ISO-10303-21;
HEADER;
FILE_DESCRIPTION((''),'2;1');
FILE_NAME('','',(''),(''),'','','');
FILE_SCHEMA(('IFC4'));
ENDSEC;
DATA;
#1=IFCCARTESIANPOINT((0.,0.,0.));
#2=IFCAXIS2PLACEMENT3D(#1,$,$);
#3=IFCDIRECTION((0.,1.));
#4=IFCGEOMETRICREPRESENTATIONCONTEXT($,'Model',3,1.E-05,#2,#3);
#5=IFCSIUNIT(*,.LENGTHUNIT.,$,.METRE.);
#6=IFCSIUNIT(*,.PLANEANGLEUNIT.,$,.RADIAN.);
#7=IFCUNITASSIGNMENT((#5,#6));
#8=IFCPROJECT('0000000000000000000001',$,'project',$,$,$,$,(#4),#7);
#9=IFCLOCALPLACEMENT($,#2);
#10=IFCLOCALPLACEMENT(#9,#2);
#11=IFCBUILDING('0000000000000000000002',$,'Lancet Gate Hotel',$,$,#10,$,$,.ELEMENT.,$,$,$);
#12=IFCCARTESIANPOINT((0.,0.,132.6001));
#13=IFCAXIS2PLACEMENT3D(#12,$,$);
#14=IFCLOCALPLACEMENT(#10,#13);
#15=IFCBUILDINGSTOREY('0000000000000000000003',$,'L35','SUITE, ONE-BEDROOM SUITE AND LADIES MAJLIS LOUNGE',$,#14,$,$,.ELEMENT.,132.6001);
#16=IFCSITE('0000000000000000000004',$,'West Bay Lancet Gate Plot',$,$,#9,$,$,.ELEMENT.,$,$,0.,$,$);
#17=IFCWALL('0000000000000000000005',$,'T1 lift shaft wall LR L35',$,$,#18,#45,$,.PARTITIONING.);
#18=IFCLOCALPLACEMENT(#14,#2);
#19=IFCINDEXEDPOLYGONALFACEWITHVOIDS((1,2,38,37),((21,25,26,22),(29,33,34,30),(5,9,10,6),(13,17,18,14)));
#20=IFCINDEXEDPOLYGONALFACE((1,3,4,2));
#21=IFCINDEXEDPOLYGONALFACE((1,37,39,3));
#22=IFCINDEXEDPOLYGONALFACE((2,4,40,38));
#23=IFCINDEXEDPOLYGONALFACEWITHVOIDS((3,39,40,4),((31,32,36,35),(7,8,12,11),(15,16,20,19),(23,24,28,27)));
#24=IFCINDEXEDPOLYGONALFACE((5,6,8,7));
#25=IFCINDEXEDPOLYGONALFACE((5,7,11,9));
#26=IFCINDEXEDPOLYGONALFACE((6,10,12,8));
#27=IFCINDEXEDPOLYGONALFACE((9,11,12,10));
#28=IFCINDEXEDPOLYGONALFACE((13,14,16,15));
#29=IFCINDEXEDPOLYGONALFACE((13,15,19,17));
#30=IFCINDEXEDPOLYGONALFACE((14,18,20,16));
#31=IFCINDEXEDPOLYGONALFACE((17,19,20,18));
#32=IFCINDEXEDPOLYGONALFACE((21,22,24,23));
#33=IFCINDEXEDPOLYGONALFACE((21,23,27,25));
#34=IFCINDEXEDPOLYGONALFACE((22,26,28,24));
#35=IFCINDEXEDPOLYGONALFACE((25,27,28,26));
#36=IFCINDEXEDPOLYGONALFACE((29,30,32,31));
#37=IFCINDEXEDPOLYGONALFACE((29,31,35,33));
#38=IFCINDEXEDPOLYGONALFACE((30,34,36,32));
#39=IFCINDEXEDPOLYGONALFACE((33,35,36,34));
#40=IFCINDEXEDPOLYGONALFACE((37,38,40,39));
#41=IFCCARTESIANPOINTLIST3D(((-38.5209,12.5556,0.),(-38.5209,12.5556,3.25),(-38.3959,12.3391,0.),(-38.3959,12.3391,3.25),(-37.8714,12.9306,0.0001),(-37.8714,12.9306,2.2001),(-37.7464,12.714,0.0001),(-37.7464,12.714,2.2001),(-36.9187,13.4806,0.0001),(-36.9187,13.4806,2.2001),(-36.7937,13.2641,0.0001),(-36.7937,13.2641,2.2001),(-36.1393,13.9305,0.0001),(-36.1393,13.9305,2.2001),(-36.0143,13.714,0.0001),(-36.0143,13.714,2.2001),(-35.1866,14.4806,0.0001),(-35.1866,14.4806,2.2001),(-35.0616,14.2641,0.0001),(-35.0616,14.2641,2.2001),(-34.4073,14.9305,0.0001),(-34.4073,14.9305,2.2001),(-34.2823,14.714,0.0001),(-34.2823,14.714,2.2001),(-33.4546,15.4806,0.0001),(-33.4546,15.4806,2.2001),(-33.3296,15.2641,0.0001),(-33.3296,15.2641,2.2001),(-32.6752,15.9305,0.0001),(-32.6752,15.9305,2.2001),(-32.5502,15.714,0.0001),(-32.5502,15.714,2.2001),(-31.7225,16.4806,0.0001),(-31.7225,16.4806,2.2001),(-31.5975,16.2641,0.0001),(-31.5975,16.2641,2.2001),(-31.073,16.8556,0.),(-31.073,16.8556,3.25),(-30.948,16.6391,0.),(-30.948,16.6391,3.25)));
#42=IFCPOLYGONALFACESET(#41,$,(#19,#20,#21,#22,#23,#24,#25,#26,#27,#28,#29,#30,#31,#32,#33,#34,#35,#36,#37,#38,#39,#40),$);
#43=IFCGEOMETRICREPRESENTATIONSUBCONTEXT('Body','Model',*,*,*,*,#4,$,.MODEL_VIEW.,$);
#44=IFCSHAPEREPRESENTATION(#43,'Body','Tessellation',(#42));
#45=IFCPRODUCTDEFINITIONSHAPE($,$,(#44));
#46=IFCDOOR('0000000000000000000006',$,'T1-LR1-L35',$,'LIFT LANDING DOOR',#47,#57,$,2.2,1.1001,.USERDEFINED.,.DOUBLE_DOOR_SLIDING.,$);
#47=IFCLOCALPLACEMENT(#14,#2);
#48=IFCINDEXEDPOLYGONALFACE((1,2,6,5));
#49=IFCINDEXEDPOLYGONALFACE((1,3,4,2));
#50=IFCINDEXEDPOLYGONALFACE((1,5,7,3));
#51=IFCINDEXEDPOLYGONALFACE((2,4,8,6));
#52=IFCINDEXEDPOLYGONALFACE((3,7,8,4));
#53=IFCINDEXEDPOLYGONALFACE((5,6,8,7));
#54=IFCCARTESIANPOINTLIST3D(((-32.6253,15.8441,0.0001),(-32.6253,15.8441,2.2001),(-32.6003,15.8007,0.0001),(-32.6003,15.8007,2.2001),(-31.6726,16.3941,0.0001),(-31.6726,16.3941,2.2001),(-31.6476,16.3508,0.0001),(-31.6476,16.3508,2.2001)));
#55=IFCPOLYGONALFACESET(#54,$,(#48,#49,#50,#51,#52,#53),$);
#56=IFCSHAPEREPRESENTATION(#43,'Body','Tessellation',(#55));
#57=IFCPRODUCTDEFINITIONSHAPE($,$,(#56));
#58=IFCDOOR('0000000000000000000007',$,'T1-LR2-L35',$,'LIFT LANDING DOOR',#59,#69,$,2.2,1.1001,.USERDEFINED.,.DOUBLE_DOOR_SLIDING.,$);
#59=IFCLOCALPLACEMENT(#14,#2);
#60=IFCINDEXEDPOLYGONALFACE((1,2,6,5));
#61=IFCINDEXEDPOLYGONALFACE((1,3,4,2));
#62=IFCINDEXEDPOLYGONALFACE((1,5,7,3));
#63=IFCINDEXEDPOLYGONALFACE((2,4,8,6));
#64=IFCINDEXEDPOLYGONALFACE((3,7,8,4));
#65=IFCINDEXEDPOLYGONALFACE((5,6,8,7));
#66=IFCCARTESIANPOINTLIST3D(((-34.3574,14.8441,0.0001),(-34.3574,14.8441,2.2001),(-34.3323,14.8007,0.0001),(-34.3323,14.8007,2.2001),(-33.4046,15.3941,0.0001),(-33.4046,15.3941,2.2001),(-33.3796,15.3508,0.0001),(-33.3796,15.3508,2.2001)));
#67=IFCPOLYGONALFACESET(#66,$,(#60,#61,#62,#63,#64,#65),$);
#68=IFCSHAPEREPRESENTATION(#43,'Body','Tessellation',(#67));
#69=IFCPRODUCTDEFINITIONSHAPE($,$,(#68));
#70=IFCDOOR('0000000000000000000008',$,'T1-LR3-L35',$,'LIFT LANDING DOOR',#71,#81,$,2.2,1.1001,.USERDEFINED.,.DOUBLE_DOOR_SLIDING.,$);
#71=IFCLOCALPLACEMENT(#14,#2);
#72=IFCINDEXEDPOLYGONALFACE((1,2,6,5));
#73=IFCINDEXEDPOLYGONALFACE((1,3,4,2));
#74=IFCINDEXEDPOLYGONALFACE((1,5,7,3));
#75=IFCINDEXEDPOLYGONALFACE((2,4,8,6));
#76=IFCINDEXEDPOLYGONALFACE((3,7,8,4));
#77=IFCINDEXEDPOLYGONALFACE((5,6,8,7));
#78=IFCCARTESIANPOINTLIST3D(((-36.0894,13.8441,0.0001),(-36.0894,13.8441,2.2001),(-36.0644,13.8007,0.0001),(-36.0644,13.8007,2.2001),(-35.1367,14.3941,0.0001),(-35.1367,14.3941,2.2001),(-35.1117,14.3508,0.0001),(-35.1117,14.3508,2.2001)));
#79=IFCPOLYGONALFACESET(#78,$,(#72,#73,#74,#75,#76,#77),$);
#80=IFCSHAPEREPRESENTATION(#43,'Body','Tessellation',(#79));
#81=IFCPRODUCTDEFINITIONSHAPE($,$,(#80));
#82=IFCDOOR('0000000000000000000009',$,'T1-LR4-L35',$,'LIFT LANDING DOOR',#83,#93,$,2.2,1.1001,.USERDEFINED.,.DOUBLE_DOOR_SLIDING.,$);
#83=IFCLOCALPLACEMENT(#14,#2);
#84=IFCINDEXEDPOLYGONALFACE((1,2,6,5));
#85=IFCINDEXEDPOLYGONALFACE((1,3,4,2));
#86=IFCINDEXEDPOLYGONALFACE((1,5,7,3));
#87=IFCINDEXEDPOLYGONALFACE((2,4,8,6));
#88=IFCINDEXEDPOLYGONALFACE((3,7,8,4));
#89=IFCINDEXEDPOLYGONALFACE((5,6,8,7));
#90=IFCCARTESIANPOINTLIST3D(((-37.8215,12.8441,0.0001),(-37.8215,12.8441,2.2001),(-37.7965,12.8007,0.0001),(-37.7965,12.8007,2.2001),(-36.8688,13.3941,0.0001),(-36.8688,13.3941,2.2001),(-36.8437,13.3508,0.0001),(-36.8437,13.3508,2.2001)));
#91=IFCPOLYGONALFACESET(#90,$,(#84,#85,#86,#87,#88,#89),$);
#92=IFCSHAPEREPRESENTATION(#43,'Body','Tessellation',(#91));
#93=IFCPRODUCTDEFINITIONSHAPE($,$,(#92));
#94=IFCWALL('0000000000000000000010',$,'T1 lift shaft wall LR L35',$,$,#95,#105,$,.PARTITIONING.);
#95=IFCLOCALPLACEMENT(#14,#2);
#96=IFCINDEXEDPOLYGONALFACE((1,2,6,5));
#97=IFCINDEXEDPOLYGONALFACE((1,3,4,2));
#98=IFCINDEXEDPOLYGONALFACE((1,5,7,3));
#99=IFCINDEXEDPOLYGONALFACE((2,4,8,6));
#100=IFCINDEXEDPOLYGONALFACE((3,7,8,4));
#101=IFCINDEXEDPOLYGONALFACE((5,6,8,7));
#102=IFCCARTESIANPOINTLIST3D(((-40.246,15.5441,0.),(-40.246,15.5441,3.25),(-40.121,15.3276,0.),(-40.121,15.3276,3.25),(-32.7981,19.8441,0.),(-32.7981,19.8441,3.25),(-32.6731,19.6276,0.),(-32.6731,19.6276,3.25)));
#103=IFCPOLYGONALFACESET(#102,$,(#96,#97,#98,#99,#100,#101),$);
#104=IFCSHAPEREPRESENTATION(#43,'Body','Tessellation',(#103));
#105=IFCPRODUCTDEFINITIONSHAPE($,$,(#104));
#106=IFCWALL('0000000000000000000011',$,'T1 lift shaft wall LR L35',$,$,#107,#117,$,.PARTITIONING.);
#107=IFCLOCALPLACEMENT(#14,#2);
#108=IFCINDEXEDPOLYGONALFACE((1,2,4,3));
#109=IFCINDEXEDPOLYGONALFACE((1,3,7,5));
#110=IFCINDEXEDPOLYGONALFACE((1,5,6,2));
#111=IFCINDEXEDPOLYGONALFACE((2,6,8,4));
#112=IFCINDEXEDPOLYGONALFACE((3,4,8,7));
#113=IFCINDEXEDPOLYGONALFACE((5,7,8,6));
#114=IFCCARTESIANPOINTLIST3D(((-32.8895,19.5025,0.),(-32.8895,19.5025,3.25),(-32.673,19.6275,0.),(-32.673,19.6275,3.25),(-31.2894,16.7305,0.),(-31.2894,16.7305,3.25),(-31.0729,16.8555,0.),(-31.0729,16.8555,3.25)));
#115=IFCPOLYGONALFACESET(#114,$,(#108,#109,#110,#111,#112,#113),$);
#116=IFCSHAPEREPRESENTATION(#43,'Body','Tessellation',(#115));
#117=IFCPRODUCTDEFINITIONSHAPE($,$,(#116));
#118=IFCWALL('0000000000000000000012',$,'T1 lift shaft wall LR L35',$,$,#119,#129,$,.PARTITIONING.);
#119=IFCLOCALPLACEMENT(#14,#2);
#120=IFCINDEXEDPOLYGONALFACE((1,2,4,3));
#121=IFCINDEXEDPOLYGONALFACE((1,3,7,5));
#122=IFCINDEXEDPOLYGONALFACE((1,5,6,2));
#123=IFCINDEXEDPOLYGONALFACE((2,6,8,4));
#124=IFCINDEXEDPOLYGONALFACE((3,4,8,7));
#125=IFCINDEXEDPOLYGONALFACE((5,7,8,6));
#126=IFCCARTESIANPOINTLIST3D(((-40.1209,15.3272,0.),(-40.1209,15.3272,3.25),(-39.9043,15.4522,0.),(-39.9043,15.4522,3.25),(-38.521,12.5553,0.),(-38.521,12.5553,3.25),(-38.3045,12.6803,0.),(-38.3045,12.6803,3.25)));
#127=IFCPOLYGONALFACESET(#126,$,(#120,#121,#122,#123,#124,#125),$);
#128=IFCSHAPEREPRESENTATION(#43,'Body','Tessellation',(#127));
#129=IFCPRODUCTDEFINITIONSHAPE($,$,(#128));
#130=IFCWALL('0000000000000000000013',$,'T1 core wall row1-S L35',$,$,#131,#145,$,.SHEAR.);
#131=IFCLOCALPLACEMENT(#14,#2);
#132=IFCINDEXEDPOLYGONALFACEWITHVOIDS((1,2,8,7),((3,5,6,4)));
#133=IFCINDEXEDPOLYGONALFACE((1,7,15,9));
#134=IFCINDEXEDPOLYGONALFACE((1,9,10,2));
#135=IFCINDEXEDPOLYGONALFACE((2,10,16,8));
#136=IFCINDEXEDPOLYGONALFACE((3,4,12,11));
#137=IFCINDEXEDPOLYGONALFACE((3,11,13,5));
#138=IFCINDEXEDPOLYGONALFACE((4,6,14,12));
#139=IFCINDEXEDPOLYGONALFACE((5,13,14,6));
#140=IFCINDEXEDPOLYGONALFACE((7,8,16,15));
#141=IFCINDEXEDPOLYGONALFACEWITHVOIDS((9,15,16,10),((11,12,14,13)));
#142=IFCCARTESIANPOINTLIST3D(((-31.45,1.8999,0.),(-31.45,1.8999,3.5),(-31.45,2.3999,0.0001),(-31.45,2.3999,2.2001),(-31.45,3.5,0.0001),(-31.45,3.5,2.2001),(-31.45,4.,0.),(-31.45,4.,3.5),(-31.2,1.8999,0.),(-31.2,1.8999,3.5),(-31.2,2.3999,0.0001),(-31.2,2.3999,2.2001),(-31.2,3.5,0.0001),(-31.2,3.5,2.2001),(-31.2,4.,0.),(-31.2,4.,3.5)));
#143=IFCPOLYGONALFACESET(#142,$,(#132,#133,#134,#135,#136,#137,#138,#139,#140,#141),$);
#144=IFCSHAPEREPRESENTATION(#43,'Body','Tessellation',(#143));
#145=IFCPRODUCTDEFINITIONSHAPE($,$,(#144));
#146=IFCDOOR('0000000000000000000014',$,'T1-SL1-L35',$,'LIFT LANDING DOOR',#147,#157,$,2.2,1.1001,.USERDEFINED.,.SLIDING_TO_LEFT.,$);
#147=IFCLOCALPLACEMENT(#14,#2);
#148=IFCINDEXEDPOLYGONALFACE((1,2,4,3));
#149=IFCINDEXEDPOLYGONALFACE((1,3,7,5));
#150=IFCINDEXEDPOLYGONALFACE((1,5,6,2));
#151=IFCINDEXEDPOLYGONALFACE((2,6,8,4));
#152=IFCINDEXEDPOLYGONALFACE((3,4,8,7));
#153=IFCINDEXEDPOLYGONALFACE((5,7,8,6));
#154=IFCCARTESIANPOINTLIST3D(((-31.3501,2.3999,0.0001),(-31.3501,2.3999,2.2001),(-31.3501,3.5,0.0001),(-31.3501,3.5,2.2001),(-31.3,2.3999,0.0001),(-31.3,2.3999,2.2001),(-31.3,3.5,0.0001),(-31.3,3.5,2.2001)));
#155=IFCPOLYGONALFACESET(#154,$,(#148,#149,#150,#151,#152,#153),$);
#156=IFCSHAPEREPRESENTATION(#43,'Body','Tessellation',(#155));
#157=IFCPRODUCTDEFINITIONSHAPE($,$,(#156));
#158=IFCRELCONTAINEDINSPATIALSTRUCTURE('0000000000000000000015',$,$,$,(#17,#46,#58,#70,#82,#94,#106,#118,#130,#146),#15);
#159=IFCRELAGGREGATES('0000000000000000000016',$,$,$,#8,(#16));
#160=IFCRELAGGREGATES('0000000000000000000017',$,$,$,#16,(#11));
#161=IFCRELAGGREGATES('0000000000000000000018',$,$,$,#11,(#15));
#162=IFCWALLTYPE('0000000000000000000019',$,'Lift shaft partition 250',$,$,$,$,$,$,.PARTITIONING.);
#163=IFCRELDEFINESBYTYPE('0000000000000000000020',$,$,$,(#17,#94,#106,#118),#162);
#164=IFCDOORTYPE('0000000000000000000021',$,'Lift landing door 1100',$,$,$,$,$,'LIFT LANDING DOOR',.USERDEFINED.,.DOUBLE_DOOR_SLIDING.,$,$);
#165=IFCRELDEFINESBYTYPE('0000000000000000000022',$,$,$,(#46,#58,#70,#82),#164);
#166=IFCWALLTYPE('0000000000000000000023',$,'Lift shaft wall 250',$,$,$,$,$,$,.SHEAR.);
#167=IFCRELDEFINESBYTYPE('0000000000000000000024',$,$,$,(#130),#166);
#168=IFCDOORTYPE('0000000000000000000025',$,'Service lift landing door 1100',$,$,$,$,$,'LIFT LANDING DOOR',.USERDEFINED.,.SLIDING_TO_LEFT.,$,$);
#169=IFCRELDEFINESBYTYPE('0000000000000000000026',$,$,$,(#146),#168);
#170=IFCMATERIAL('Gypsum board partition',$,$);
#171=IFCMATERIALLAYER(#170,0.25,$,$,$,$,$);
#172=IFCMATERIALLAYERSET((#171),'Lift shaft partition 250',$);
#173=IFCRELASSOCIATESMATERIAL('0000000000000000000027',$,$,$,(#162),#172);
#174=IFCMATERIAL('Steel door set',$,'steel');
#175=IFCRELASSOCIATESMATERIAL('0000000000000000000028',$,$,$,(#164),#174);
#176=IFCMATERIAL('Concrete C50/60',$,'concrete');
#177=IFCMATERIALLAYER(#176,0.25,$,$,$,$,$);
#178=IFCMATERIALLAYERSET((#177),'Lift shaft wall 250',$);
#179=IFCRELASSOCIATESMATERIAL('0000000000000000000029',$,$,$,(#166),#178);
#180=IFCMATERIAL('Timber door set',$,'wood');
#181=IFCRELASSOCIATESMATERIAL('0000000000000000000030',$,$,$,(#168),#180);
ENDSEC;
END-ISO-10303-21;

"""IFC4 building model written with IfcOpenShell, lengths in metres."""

from ifc_helpers import new_model, si_unit, direction, frame, frame_2d, origin, place, context, subcontext, project, spatial, rectangle, extrude, material, layer, layer_set, type_object, element, fill, save


model = new_model("IFC4")

# Units and contexts
model_context = context("Model", 3, precision=1e-05, world=origin(), true_north=direction((0.0, 1.0)))
body_context = subcontext(model_context, "Body", "Model", "MODEL_VIEW")
ifc_project = project(units=[si_unit("LENGTHUNIT", "METRE"), si_unit("PLANEANGLEUNIT", "RADIAN")], contexts=[model_context])

# Site, building, storey
site_placement = place(None, origin())
site = spatial("IfcSite", under=ifc_project, at=site_placement, Name="West Bay Lancet Gate Plot", CompositionType="ELEMENT", RefElevation=0.0)
building_placement = place(site_placement, origin())
building = spatial("IfcBuilding", under=site, at=building_placement, Name="Lancet Gate Hotel", CompositionType="ELEMENT")
storey_placement = place(building_placement, frame((0.0, 0.0, 132.6001)))
storey = spatial("IfcBuildingStorey", under=building, at=storey_placement, Name="L35", Description="SUITE, ONE-BEDROOM SUITE AND LADIES MAJLIS LOUNGE", CompositionType="ELEMENT", Elevation=132.6001)

# Wall, openings, doors
ifc_material_1 = material(Name="Gypsum board partition")
ifc_layer_1 = layer(ifc_material_1, 0.25)
ifc_layer_set_1 = layer_set([ifc_layer_1], Name="Lift shaft partition 250")
wall_type_1 = type_object("IfcWallType", Name="Lift shaft partition 250", PredefinedType="PARTITIONING", material=ifc_layer_set_1)
wall_1_placement = place(storey_placement, frame((-31.0105, 16.7473, 0.0), z_axis=(0.0, 0.0, 1.0), x_axis=(-0.866028, -0.499995, 0.0)))
wall_1 = element("IfcWall", 1, at=wall_1_placement, inside=storey, type_object=wall_type_1, Name="T1 lift shaft wall LR L35", PredefinedType="PARTITIONING", context=body_context, shape_type="SweptSolid", body=[
    extrude(rectangle(XDim=8.6001, YDim=0.25, at=frame_2d((4.3, 0.0))), origin(), (0.0, 0.0, 1.0), 3.25),
])
opening_1_placement = place(wall_1_placement, frame((0.75, 0.0, 0.0)))
opening_1 = element("IfcOpeningElement", 2, at=opening_1_placement, cuts=wall_1, PredefinedType="OPENING", context=body_context, shape_type="SweptSolid", body=[
    extrude(rectangle(XDim=1.1001, YDim=2.2, at=frame_2d((0.55, 1.1001))), frame((0.0, 0.135, 0.0), z_axis=(0.0, -1.0, 0.0), x_axis=(1.0, 0.0, 0.0)), (0.0, 0.0, 1.0), 0.27),
])
opening_2_placement = place(wall_1_placement, frame((2.75, 0.0, 0.0)))
opening_2 = element("IfcOpeningElement", 3, at=opening_2_placement, cuts=wall_1, PredefinedType="OPENING", context=body_context, shape_type="SweptSolid", body=[
    extrude(rectangle(XDim=1.1001, YDim=2.2, at=frame_2d((0.55, 1.1001))), frame((0.0, 0.135, 0.0), z_axis=(0.0, -1.0, 0.0), x_axis=(1.0, 0.0, 0.0)), (0.0, 0.0, 1.0), 0.27),
])
opening_3_placement = place(wall_1_placement, frame((4.75, 0.0, 0.0)))
opening_3 = element("IfcOpeningElement", 4, at=opening_3_placement, cuts=wall_1, PredefinedType="OPENING", context=body_context, shape_type="SweptSolid", body=[
    extrude(rectangle(XDim=1.1001, YDim=2.2, at=frame_2d((0.55, 1.1001))), frame((0.0, 0.135, 0.0), z_axis=(0.0, -1.0, 0.0), x_axis=(1.0, 0.0, 0.0)), (0.0, 0.0, 1.0), 0.27),
])
opening_4_placement = place(wall_1_placement, frame((6.75, 0.0, 0.0)))
opening_4 = element("IfcOpeningElement", 5, at=opening_4_placement, cuts=wall_1, PredefinedType="OPENING", context=body_context, shape_type="SweptSolid", body=[
    extrude(rectangle(XDim=1.1001, YDim=2.2, at=frame_2d((0.55, 1.1001))), frame((0.0, 0.135, 0.0), z_axis=(0.0, -1.0, 0.0), x_axis=(1.0, 0.0, 0.0)), (0.0, 0.0, 1.0), 0.27),
])
ifc_material_2 = material(Name="Steel door set", Category="steel")
door_type_1 = type_object("IfcDoorType", Name="Lift landing door 1100", ElementType="LIFT LANDING DOOR", OperationType="DOUBLE_DOOR_SLIDING", PredefinedType="USERDEFINED", material=ifc_material_2)
door_1_placement = place(opening_1_placement, origin())
door_1 = element("IfcDoor", 6, at=door_1_placement, inside=storey, type_object=door_type_1, Name="T1-LR1-L35", ObjectType="LIFT LANDING DOOR", OperationType="DOUBLE_DOOR_SLIDING", OverallHeight=2.2, OverallWidth=1.1001, PredefinedType="USERDEFINED", context=body_context, shape_type="SweptSolid", body=[
    extrude(rectangle(XDim=1.1001, YDim=2.2, at=frame_2d((0.55, 1.1001))), frame((0.0, 0.0249, 0.0), z_axis=(0.0, -1.0, 0.0), x_axis=(1.0, 0.0, 0.0)), (0.0, 0.0, 1.0), 0.05),
])
fill(opening_1, door_1)
door_2_placement = place(opening_2_placement, origin())
door_2 = element("IfcDoor", 7, at=door_2_placement, inside=storey, type_object=door_type_1, Name="T1-LR2-L35", ObjectType="LIFT LANDING DOOR", OperationType="DOUBLE_DOOR_SLIDING", OverallHeight=2.2, OverallWidth=1.1001, PredefinedType="USERDEFINED", context=body_context, shape_type="SweptSolid", body=[
    extrude(rectangle(XDim=1.1001, YDim=2.2, at=frame_2d((0.55, 1.1001))), frame((0.0, 0.0249, 0.0), z_axis=(0.0, -1.0, 0.0), x_axis=(1.0, 0.0, 0.0)), (0.0, 0.0, 1.0), 0.05),
])
fill(opening_2, door_2)
door_3_placement = place(opening_3_placement, origin())
door_3 = element("IfcDoor", 8, at=door_3_placement, inside=storey, type_object=door_type_1, Name="T1-LR3-L35", ObjectType="LIFT LANDING DOOR", OperationType="DOUBLE_DOOR_SLIDING", OverallHeight=2.2, OverallWidth=1.1001, PredefinedType="USERDEFINED", context=body_context, shape_type="SweptSolid", body=[
    extrude(rectangle(XDim=1.1001, YDim=2.2, at=frame_2d((0.55, 1.1001))), frame((0.0, 0.0249, 0.0), z_axis=(0.0, -1.0, 0.0), x_axis=(1.0, 0.0, 0.0)), (0.0, 0.0, 1.0), 0.05),
])
fill(opening_3, door_3)
door_4_placement = place(opening_4_placement, origin())
door_4 = element("IfcDoor", 9, at=door_4_placement, inside=storey, type_object=door_type_1, Name="T1-LR4-L35", ObjectType="LIFT LANDING DOOR", OperationType="DOUBLE_DOOR_SLIDING", OverallHeight=2.2, OverallWidth=1.1001, PredefinedType="USERDEFINED", context=body_context, shape_type="SweptSolid", body=[
    extrude(rectangle(XDim=1.1001, YDim=2.2, at=frame_2d((0.55, 1.1001))), frame((0.0, 0.0249, 0.0), z_axis=(0.0, -1.0, 0.0), x_axis=(1.0, 0.0, 0.0)), (0.0, 0.0, 1.0), 0.05),
])
fill(opening_4, door_4)

# Walls
wall_2_placement = place(storey_placement, frame((-32.7356, 19.7358, 0.0), z_axis=(0.0, 0.0, 1.0), x_axis=(-0.866028, -0.499995, 0.0)))
element("IfcWall", 10, at=wall_2_placement, inside=storey, type_object=wall_type_1, Name="T1 lift shaft wall LR L35", PredefinedType="PARTITIONING", context=body_context, shape_type="SweptSolid", body=[
    extrude(rectangle(XDim=8.6001, YDim=0.25, at=frame_2d((4.3, 0.0))), origin(), (0.0, 0.0, 1.0), 3.25),
])
wall_3_placement = place(storey_placement, frame((-31.1812, 16.793, 0.0), z_axis=(0.0, 0.0, 1.0), x_axis=(-0.499929, 0.866066, 0.0)))
element("IfcWall", 11, at=wall_3_placement, inside=storey, type_object=wall_type_1, Name="T1 lift shaft wall LR L35", PredefinedType="PARTITIONING", context=body_context, shape_type="SweptSolid", body=[
    extrude(rectangle(XDim=3.2007, YDim=0.25, at=frame_2d((1.6003, 0.0))), origin(), (0.0, 0.0, 1.0), 3.25),
])
wall_4_placement = place(storey_placement, frame((-38.4128, 12.6179, 0.0), z_axis=(0.0, 0.0, 1.0), x_axis=(-0.499872, 0.866099, 0.0)))
element("IfcWall", 12, at=wall_4_placement, inside=storey, type_object=wall_type_1, Name="T1 lift shaft wall LR L35", PredefinedType="PARTITIONING", context=body_context, shape_type="SweptSolid", body=[
    extrude(rectangle(XDim=3.2004, YDim=0.25, at=frame_2d((1.6001, 0.0))), origin(), (0.0, 0.0, 1.0), 3.25),
])

# Wall, opening, door
ifc_material_3 = material(Name="Concrete C50/60", Category="concrete")
ifc_layer_2 = layer(ifc_material_3, 0.25)
ifc_layer_set_2 = layer_set([ifc_layer_2], Name="Lift shaft wall 250")
wall_type_2 = type_object("IfcWallType", Name="Lift shaft wall 250", PredefinedType="SHEAR", material=ifc_layer_set_2)
wall_5_placement = place(storey_placement, frame((-31.325, 4.0, 0.0), z_axis=(0.0, 0.0, 1.0), x_axis=(0.0, -1.0, 0.0)))
wall_5 = element("IfcWall", 13, at=wall_5_placement, inside=storey, type_object=wall_type_2, Name="T1 core wall row1-S L35", PredefinedType="SHEAR", context=body_context, shape_type="SweptSolid", body=[
    extrude(rectangle(XDim=2.1001, YDim=0.25, at=frame_2d((1.05, 0.0))), origin(), (0.0, 0.0, 1.0), 3.5),
])
opening_5_placement = place(wall_5_placement, frame((0.5, 0.0, 0.0)))
opening_5 = element("IfcOpeningElement", 14, at=opening_5_placement, cuts=wall_5, PredefinedType="OPENING", context=body_context, shape_type="SweptSolid", body=[
    extrude(rectangle(XDim=1.1001, YDim=2.2, at=frame_2d((0.55, 1.1001))), frame((0.0, 0.135, 0.0), z_axis=(0.0, -1.0, 0.0), x_axis=(1.0, 0.0, 0.0)), (0.0, 0.0, 1.0), 0.27),
])
ifc_material_4 = material(Name="Timber door set", Category="wood")
door_type_2 = type_object("IfcDoorType", Name="Service lift landing door 1100", ElementType="LIFT LANDING DOOR", OperationType="SLIDING_TO_LEFT", PredefinedType="USERDEFINED", material=ifc_material_4)
door_5_placement = place(opening_5_placement, origin())
door_5 = element("IfcDoor", 15, at=door_5_placement, inside=storey, type_object=door_type_2, Name="T1-SL1-L35", ObjectType="LIFT LANDING DOOR", OperationType="SLIDING_TO_LEFT", OverallHeight=2.2, OverallWidth=1.1001, PredefinedType="USERDEFINED", context=body_context, shape_type="SweptSolid", body=[
    extrude(rectangle(XDim=1.1001, YDim=2.2, at=frame_2d((0.55, 1.1001))), frame((0.0, 0.0249, 0.0), z_axis=(0.0, -1.0, 0.0), x_axis=(1.0, 0.0, 0.0)), (0.0, 0.0, 1.0), 0.05),
])
fill(opening_5, door_5)

save(model, "model.ifc")
